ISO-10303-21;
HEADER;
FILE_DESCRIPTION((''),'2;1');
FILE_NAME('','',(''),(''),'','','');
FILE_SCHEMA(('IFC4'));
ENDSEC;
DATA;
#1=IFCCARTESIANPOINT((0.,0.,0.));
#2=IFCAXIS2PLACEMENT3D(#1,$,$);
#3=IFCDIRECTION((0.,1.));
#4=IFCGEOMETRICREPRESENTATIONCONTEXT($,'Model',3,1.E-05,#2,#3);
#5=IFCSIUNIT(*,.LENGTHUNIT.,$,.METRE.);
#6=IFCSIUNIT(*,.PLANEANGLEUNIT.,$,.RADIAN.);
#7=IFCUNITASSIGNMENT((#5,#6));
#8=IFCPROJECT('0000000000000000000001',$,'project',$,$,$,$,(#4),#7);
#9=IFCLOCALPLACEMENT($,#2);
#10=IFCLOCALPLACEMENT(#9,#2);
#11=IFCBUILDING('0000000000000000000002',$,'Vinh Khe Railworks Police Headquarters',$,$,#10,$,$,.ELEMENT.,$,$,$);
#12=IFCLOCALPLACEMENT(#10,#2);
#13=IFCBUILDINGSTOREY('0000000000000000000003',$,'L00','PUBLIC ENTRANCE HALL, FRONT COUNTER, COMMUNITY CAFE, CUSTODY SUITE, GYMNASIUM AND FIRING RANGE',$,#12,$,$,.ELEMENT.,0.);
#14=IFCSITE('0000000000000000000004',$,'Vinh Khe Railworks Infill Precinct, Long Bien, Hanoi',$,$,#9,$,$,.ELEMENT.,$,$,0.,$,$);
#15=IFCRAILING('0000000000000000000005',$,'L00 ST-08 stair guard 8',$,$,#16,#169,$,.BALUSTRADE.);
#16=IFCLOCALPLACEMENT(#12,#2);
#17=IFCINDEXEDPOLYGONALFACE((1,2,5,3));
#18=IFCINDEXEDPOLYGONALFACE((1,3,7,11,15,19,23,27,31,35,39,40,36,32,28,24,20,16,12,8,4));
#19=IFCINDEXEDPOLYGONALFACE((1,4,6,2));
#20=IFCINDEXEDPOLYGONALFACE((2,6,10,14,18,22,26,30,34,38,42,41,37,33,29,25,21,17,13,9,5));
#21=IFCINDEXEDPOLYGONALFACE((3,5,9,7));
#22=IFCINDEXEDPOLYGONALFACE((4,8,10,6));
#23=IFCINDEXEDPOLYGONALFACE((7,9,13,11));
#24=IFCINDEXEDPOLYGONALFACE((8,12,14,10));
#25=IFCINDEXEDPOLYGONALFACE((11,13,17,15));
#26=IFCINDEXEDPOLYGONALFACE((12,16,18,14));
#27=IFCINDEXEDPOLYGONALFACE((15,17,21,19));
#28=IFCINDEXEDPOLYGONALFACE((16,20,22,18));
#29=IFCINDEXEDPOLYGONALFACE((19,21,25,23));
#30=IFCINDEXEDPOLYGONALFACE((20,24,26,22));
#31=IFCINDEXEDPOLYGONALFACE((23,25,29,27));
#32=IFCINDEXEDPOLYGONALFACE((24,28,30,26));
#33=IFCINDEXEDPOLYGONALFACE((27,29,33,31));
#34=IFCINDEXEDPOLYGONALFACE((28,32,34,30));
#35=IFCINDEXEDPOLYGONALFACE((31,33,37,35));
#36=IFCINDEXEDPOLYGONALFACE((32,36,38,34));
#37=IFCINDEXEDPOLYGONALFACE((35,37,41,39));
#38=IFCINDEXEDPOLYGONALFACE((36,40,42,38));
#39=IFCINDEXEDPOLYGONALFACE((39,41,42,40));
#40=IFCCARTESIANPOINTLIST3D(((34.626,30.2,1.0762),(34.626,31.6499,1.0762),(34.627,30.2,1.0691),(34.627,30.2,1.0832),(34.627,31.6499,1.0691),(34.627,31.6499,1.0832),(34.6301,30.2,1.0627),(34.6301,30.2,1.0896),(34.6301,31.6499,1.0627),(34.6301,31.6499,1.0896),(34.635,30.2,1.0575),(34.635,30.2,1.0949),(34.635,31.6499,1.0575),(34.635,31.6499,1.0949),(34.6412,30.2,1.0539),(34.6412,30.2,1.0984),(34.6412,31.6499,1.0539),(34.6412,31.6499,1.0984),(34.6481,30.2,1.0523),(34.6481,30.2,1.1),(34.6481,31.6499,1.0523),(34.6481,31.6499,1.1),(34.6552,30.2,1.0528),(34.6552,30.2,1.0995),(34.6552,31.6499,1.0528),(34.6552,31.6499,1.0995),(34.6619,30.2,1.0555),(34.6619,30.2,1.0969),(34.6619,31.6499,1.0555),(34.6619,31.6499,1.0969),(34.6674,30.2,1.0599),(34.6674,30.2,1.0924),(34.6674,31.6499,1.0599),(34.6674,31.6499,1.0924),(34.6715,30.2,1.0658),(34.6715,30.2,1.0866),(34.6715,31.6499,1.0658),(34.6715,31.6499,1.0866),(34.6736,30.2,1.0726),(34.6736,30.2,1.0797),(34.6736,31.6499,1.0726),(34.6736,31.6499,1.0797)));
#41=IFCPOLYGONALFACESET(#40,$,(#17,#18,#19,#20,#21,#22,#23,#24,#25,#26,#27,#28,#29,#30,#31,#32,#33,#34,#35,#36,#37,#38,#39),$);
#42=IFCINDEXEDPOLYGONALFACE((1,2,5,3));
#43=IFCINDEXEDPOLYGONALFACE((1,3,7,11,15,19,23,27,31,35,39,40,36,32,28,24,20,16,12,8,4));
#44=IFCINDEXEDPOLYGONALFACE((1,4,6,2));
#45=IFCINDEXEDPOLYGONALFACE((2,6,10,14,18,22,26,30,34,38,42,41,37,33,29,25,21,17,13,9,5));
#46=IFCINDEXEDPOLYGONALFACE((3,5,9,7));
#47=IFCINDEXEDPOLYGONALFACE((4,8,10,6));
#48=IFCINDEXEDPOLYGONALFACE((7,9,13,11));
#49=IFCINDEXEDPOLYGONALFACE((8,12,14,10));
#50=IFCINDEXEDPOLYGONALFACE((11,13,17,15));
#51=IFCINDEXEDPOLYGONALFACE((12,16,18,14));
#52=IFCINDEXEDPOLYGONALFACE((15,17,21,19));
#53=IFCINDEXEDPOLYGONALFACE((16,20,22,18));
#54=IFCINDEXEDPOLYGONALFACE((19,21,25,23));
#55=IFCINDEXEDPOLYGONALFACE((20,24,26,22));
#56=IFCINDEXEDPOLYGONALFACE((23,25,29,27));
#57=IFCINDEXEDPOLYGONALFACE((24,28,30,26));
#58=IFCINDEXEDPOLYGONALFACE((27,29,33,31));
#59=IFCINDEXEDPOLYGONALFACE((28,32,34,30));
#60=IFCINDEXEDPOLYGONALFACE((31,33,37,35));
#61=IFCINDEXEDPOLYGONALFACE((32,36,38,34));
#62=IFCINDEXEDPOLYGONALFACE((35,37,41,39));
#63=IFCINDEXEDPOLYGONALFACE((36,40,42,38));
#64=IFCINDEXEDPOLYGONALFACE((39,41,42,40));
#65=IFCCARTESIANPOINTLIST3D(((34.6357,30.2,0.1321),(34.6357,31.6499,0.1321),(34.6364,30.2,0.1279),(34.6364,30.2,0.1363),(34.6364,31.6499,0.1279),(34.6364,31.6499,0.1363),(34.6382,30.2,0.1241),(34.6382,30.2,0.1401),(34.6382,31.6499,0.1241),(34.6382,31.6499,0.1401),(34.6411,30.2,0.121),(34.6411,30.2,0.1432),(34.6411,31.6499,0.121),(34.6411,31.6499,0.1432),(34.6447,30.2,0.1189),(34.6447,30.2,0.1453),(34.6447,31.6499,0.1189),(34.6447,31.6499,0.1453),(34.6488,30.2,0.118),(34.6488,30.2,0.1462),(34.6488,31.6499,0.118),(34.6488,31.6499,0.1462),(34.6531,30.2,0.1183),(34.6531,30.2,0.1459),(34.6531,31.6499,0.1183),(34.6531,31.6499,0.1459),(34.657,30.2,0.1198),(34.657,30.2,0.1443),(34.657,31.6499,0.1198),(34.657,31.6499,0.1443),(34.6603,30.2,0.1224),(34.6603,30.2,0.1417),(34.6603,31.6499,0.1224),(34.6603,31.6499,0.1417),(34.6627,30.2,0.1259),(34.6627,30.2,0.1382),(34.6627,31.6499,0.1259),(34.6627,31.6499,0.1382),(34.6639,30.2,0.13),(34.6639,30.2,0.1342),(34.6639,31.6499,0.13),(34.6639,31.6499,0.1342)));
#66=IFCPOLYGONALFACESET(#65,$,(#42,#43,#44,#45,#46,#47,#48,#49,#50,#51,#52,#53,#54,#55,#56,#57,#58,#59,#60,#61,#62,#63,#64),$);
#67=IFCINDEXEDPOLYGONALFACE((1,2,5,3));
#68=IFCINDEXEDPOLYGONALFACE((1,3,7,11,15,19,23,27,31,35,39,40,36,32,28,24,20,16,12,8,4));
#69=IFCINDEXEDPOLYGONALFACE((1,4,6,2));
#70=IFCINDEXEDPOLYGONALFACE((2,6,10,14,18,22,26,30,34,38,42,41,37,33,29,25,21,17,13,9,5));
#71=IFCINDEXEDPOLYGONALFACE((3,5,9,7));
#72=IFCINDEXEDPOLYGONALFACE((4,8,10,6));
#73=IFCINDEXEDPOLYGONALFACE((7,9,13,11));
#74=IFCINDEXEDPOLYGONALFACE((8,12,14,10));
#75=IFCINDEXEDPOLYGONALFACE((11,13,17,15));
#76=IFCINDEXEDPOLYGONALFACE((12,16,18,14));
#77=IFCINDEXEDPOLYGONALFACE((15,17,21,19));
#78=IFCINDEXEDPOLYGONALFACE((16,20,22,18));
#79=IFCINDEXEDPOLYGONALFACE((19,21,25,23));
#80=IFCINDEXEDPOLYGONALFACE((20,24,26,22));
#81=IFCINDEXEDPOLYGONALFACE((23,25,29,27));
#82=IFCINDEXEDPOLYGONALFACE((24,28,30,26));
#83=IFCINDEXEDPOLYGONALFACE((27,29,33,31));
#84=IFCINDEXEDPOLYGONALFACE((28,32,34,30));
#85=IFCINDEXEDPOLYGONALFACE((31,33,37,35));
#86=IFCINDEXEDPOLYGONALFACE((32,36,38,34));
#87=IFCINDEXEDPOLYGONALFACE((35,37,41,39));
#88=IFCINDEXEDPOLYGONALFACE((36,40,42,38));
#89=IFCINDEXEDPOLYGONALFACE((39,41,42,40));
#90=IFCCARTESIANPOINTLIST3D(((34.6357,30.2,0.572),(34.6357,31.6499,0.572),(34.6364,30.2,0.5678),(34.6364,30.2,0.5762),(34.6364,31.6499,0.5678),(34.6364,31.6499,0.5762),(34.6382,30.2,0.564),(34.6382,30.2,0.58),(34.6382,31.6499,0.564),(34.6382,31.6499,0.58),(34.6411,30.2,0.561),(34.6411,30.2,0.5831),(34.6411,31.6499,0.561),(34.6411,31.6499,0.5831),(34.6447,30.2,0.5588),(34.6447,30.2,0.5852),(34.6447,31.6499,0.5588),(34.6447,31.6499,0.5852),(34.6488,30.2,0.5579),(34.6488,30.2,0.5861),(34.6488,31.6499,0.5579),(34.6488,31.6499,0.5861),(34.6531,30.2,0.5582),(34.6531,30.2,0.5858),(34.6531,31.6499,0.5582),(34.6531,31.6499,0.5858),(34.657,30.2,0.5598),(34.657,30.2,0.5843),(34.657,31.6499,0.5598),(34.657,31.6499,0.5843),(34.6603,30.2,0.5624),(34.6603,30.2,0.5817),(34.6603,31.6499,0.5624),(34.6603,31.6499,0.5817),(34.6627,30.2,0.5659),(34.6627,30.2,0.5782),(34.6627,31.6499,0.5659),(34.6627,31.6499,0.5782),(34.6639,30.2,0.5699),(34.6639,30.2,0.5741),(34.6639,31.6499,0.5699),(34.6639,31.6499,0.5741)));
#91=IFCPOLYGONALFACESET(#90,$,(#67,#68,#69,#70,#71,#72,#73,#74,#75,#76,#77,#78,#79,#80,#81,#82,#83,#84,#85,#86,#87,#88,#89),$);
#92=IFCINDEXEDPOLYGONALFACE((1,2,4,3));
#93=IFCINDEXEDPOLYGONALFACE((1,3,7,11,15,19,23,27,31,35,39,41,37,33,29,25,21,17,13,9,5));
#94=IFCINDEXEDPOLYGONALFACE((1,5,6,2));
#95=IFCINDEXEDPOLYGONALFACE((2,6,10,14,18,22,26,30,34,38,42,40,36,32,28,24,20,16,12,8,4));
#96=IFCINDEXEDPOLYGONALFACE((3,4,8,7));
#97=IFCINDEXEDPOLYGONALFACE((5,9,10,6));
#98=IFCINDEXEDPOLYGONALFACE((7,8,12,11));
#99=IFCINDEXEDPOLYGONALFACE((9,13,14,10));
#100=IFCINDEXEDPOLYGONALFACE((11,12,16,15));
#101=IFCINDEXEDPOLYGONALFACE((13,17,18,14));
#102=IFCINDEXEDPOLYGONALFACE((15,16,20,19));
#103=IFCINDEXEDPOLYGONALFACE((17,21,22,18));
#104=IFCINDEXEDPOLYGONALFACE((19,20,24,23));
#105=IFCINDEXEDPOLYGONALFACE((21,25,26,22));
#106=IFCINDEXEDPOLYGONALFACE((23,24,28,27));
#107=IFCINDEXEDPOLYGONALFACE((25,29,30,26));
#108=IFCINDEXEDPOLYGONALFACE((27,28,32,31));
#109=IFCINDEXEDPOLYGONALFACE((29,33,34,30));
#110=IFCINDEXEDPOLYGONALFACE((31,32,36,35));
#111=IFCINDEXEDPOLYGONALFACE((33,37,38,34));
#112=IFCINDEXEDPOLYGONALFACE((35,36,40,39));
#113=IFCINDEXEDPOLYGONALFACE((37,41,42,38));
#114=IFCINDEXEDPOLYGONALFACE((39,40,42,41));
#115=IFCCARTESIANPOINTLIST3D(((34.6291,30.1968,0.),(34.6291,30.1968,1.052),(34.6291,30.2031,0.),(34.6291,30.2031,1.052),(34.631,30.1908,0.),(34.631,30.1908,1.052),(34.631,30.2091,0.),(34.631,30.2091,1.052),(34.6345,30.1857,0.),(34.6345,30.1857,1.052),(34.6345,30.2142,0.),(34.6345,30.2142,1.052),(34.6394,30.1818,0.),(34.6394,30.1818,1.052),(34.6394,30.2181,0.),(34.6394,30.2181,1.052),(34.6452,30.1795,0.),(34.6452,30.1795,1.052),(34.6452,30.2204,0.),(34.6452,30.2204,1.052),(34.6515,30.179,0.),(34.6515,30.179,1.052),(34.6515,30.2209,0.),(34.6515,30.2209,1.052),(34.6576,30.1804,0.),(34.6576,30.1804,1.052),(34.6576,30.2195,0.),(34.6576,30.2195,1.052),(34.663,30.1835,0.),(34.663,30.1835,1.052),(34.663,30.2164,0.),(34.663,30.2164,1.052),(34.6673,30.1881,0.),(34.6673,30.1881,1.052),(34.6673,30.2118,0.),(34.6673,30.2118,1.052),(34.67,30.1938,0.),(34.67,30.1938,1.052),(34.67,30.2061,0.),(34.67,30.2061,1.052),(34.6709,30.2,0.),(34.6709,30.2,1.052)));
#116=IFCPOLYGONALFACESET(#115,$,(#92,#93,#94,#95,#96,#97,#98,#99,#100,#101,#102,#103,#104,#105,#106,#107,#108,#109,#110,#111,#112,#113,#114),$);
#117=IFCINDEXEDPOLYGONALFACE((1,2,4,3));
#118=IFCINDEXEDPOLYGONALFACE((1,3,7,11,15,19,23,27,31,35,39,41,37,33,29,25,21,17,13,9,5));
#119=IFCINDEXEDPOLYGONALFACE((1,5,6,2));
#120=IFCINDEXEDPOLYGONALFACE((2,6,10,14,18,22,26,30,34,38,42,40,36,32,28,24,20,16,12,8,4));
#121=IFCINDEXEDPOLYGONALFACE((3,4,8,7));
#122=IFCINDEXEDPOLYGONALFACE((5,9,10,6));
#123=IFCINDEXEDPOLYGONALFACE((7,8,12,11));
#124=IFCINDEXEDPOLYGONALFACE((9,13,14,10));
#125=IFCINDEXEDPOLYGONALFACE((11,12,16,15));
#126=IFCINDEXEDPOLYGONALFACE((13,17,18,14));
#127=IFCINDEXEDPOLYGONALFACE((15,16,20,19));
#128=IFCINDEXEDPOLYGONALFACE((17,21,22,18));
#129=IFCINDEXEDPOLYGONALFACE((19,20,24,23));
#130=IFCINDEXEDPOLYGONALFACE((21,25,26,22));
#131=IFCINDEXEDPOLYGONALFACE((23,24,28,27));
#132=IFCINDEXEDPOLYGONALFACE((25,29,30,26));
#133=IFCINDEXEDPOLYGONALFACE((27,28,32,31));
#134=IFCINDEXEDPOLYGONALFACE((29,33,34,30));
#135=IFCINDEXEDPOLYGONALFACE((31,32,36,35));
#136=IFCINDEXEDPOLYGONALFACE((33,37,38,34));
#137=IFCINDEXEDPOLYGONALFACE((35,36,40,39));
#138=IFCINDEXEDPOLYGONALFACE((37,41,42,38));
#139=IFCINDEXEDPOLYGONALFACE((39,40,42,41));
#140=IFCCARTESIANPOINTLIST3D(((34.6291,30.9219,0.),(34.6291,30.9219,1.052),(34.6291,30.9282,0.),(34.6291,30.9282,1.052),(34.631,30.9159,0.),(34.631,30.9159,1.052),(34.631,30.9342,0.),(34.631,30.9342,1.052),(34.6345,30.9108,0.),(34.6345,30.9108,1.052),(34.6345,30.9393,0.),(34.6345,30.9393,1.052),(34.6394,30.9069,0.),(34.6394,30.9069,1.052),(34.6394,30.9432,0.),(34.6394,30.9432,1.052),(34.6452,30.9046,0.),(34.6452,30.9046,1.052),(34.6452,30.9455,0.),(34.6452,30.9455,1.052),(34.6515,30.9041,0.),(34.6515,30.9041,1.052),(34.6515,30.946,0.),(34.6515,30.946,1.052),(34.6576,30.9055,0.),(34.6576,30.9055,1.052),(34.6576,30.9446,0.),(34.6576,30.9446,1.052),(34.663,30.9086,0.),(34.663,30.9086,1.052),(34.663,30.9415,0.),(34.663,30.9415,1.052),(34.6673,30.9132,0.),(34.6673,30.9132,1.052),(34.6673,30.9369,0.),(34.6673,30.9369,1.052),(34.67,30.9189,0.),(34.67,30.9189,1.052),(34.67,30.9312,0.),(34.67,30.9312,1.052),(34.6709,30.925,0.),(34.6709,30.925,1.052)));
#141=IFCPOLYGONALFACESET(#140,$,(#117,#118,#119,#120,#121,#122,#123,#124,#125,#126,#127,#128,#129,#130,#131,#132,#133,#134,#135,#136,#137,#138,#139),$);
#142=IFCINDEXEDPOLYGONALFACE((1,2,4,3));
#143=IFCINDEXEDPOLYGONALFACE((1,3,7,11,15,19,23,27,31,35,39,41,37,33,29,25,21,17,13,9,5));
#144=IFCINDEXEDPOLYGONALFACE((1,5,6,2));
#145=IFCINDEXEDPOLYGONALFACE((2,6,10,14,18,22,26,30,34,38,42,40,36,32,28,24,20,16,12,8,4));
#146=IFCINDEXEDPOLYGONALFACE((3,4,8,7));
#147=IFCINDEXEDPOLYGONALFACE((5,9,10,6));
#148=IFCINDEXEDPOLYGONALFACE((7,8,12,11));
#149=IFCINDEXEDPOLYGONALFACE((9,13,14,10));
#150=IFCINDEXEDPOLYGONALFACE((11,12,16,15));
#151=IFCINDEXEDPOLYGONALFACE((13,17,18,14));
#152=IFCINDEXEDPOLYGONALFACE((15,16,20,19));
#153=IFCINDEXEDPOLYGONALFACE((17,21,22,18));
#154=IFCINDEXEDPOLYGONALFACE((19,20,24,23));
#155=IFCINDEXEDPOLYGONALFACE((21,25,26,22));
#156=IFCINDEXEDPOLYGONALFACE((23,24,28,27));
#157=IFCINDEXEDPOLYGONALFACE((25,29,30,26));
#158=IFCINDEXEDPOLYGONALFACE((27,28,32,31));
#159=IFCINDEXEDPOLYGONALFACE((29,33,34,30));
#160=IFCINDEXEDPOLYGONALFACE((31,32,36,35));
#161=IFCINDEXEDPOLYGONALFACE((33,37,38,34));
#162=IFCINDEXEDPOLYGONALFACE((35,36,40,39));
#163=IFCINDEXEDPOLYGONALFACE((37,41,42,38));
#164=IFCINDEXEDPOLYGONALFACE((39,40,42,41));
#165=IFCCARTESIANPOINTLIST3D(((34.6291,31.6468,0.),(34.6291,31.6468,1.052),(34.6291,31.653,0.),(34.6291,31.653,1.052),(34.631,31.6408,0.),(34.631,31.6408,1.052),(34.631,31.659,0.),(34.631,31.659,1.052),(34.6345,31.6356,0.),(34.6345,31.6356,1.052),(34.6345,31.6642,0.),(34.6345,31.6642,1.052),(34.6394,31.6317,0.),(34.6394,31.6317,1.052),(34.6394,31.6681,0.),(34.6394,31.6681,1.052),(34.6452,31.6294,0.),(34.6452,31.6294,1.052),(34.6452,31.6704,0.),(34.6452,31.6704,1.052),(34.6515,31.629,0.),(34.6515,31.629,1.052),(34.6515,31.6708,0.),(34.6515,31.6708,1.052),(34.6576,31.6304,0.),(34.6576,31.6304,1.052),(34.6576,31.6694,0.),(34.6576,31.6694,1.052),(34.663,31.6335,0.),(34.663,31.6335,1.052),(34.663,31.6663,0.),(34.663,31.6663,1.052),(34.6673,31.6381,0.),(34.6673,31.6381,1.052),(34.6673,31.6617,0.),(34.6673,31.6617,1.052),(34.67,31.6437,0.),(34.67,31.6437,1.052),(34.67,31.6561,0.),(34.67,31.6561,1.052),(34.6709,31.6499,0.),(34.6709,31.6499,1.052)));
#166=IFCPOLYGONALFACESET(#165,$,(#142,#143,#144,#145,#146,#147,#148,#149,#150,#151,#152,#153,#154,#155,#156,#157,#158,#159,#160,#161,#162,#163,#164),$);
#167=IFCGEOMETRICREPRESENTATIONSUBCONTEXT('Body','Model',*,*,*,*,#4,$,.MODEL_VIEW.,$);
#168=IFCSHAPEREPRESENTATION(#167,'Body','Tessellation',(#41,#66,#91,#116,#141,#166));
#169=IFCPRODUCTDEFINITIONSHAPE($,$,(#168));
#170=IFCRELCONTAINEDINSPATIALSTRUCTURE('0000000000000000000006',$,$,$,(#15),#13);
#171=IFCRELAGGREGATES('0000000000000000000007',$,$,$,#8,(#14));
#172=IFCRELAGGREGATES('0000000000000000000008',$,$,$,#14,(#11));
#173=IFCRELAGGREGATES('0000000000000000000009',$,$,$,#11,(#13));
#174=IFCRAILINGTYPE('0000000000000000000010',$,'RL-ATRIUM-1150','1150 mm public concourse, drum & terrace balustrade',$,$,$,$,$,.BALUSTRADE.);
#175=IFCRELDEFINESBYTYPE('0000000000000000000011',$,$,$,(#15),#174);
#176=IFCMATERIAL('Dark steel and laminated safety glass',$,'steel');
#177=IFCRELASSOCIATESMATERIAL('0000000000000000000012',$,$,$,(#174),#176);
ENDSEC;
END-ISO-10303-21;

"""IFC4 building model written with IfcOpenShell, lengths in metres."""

from ifc_helpers import new_model, si_unit, direction, frame, origin, origin_2d, place, context, subcontext, project, spatial, circle, extrude, material, type_object, element, save


model = new_model("IFC4")

# Units and contexts
model_context = context("Model", 3, precision=1e-05, world=origin(), true_north=direction((0.0, 1.0)))
body_context = subcontext(model_context, "Body", "Model", "MODEL_VIEW")
ifc_project = project(units=[si_unit("LENGTHUNIT", "METRE"), si_unit("PLANEANGLEUNIT", "RADIAN")], contexts=[model_context])

# Site, building, storey
site_placement = place(None, origin())
site = spatial("IfcSite", under=ifc_project, at=site_placement, Name="Vinh Khe Railworks Infill Precinct, Long Bien, Hanoi", CompositionType="ELEMENT", RefElevation=0.0)
building_placement = place(site_placement, origin())
building = spatial("IfcBuilding", under=site, at=building_placement, Name="Vinh Khe Railworks Police Headquarters", CompositionType="ELEMENT")
storey_placement = place(building_placement, origin())
storey = spatial("IfcBuildingStorey", under=building, at=storey_placement, Name="L00", Description="PUBLIC ENTRANCE HALL, FRONT COUNTER, COMMUNITY CAFE, CUSTODY SUITE, GYMNASIUM AND FIRING RANGE", CompositionType="ELEMENT", Elevation=0.0)

# Railing
ifc_material_1 = material(Name="Dark steel and laminated safety glass", Category="steel")
railing_type_1 = type_object("IfcRailingType", Name="RL-ATRIUM-1150", Description="1150 mm public concourse, drum & terrace balustrade", PredefinedType="BALUSTRADE", material=ifc_material_1)
for number, where, name in (
    (1, (34.6499, 30.2, 0.0), "L00 ST-08 stair guard 8"),
):
    element("IfcRailing", number, at=place(storey_placement, frame(where)), inside=storey, type_object=railing_type_1, Name=name, PredefinedType="BALUSTRADE", context=body_context, shape_type="SweptSolid", body=[
        extrude(circle(Radius=0.0239, at=origin_2d()), frame((0.0, 0.0, 1.0762), z_axis=(0.0, 1.0, 0.0), x_axis=(-1.0, 0.0, 0.0)), (0.0, 0.0, 1.0), 1.45),
        extrude(circle(Radius=0.0142, at=origin_2d()), frame((0.0, 0.0, 0.1321), z_axis=(0.0, 1.0, 0.0), x_axis=(-1.0, 0.0, 0.0)), (0.0, 0.0, 1.0), 1.45),
        extrude(circle(Radius=0.0142, at=origin_2d()), frame((0.0, 0.0, 0.572), z_axis=(0.0, 1.0, 0.0), x_axis=(-1.0, 0.0, 0.0)), (0.0, 0.0, 1.0), 1.45),
        extrude(circle(Radius=0.021, at=origin_2d()), origin(), (0.0, 0.0, 1.0), 1.052),
        extrude(circle(Radius=0.021, at=origin_2d()), frame((0.0, 0.7251, 0.0)), (0.0, 0.0, 1.0), 1.052),
        extrude(circle(Radius=0.021, at=origin_2d()), frame((0.0, 1.45, 0.0)), (0.0, 0.0, 1.0), 1.052),
    ])

save(model, "model.ifc")
